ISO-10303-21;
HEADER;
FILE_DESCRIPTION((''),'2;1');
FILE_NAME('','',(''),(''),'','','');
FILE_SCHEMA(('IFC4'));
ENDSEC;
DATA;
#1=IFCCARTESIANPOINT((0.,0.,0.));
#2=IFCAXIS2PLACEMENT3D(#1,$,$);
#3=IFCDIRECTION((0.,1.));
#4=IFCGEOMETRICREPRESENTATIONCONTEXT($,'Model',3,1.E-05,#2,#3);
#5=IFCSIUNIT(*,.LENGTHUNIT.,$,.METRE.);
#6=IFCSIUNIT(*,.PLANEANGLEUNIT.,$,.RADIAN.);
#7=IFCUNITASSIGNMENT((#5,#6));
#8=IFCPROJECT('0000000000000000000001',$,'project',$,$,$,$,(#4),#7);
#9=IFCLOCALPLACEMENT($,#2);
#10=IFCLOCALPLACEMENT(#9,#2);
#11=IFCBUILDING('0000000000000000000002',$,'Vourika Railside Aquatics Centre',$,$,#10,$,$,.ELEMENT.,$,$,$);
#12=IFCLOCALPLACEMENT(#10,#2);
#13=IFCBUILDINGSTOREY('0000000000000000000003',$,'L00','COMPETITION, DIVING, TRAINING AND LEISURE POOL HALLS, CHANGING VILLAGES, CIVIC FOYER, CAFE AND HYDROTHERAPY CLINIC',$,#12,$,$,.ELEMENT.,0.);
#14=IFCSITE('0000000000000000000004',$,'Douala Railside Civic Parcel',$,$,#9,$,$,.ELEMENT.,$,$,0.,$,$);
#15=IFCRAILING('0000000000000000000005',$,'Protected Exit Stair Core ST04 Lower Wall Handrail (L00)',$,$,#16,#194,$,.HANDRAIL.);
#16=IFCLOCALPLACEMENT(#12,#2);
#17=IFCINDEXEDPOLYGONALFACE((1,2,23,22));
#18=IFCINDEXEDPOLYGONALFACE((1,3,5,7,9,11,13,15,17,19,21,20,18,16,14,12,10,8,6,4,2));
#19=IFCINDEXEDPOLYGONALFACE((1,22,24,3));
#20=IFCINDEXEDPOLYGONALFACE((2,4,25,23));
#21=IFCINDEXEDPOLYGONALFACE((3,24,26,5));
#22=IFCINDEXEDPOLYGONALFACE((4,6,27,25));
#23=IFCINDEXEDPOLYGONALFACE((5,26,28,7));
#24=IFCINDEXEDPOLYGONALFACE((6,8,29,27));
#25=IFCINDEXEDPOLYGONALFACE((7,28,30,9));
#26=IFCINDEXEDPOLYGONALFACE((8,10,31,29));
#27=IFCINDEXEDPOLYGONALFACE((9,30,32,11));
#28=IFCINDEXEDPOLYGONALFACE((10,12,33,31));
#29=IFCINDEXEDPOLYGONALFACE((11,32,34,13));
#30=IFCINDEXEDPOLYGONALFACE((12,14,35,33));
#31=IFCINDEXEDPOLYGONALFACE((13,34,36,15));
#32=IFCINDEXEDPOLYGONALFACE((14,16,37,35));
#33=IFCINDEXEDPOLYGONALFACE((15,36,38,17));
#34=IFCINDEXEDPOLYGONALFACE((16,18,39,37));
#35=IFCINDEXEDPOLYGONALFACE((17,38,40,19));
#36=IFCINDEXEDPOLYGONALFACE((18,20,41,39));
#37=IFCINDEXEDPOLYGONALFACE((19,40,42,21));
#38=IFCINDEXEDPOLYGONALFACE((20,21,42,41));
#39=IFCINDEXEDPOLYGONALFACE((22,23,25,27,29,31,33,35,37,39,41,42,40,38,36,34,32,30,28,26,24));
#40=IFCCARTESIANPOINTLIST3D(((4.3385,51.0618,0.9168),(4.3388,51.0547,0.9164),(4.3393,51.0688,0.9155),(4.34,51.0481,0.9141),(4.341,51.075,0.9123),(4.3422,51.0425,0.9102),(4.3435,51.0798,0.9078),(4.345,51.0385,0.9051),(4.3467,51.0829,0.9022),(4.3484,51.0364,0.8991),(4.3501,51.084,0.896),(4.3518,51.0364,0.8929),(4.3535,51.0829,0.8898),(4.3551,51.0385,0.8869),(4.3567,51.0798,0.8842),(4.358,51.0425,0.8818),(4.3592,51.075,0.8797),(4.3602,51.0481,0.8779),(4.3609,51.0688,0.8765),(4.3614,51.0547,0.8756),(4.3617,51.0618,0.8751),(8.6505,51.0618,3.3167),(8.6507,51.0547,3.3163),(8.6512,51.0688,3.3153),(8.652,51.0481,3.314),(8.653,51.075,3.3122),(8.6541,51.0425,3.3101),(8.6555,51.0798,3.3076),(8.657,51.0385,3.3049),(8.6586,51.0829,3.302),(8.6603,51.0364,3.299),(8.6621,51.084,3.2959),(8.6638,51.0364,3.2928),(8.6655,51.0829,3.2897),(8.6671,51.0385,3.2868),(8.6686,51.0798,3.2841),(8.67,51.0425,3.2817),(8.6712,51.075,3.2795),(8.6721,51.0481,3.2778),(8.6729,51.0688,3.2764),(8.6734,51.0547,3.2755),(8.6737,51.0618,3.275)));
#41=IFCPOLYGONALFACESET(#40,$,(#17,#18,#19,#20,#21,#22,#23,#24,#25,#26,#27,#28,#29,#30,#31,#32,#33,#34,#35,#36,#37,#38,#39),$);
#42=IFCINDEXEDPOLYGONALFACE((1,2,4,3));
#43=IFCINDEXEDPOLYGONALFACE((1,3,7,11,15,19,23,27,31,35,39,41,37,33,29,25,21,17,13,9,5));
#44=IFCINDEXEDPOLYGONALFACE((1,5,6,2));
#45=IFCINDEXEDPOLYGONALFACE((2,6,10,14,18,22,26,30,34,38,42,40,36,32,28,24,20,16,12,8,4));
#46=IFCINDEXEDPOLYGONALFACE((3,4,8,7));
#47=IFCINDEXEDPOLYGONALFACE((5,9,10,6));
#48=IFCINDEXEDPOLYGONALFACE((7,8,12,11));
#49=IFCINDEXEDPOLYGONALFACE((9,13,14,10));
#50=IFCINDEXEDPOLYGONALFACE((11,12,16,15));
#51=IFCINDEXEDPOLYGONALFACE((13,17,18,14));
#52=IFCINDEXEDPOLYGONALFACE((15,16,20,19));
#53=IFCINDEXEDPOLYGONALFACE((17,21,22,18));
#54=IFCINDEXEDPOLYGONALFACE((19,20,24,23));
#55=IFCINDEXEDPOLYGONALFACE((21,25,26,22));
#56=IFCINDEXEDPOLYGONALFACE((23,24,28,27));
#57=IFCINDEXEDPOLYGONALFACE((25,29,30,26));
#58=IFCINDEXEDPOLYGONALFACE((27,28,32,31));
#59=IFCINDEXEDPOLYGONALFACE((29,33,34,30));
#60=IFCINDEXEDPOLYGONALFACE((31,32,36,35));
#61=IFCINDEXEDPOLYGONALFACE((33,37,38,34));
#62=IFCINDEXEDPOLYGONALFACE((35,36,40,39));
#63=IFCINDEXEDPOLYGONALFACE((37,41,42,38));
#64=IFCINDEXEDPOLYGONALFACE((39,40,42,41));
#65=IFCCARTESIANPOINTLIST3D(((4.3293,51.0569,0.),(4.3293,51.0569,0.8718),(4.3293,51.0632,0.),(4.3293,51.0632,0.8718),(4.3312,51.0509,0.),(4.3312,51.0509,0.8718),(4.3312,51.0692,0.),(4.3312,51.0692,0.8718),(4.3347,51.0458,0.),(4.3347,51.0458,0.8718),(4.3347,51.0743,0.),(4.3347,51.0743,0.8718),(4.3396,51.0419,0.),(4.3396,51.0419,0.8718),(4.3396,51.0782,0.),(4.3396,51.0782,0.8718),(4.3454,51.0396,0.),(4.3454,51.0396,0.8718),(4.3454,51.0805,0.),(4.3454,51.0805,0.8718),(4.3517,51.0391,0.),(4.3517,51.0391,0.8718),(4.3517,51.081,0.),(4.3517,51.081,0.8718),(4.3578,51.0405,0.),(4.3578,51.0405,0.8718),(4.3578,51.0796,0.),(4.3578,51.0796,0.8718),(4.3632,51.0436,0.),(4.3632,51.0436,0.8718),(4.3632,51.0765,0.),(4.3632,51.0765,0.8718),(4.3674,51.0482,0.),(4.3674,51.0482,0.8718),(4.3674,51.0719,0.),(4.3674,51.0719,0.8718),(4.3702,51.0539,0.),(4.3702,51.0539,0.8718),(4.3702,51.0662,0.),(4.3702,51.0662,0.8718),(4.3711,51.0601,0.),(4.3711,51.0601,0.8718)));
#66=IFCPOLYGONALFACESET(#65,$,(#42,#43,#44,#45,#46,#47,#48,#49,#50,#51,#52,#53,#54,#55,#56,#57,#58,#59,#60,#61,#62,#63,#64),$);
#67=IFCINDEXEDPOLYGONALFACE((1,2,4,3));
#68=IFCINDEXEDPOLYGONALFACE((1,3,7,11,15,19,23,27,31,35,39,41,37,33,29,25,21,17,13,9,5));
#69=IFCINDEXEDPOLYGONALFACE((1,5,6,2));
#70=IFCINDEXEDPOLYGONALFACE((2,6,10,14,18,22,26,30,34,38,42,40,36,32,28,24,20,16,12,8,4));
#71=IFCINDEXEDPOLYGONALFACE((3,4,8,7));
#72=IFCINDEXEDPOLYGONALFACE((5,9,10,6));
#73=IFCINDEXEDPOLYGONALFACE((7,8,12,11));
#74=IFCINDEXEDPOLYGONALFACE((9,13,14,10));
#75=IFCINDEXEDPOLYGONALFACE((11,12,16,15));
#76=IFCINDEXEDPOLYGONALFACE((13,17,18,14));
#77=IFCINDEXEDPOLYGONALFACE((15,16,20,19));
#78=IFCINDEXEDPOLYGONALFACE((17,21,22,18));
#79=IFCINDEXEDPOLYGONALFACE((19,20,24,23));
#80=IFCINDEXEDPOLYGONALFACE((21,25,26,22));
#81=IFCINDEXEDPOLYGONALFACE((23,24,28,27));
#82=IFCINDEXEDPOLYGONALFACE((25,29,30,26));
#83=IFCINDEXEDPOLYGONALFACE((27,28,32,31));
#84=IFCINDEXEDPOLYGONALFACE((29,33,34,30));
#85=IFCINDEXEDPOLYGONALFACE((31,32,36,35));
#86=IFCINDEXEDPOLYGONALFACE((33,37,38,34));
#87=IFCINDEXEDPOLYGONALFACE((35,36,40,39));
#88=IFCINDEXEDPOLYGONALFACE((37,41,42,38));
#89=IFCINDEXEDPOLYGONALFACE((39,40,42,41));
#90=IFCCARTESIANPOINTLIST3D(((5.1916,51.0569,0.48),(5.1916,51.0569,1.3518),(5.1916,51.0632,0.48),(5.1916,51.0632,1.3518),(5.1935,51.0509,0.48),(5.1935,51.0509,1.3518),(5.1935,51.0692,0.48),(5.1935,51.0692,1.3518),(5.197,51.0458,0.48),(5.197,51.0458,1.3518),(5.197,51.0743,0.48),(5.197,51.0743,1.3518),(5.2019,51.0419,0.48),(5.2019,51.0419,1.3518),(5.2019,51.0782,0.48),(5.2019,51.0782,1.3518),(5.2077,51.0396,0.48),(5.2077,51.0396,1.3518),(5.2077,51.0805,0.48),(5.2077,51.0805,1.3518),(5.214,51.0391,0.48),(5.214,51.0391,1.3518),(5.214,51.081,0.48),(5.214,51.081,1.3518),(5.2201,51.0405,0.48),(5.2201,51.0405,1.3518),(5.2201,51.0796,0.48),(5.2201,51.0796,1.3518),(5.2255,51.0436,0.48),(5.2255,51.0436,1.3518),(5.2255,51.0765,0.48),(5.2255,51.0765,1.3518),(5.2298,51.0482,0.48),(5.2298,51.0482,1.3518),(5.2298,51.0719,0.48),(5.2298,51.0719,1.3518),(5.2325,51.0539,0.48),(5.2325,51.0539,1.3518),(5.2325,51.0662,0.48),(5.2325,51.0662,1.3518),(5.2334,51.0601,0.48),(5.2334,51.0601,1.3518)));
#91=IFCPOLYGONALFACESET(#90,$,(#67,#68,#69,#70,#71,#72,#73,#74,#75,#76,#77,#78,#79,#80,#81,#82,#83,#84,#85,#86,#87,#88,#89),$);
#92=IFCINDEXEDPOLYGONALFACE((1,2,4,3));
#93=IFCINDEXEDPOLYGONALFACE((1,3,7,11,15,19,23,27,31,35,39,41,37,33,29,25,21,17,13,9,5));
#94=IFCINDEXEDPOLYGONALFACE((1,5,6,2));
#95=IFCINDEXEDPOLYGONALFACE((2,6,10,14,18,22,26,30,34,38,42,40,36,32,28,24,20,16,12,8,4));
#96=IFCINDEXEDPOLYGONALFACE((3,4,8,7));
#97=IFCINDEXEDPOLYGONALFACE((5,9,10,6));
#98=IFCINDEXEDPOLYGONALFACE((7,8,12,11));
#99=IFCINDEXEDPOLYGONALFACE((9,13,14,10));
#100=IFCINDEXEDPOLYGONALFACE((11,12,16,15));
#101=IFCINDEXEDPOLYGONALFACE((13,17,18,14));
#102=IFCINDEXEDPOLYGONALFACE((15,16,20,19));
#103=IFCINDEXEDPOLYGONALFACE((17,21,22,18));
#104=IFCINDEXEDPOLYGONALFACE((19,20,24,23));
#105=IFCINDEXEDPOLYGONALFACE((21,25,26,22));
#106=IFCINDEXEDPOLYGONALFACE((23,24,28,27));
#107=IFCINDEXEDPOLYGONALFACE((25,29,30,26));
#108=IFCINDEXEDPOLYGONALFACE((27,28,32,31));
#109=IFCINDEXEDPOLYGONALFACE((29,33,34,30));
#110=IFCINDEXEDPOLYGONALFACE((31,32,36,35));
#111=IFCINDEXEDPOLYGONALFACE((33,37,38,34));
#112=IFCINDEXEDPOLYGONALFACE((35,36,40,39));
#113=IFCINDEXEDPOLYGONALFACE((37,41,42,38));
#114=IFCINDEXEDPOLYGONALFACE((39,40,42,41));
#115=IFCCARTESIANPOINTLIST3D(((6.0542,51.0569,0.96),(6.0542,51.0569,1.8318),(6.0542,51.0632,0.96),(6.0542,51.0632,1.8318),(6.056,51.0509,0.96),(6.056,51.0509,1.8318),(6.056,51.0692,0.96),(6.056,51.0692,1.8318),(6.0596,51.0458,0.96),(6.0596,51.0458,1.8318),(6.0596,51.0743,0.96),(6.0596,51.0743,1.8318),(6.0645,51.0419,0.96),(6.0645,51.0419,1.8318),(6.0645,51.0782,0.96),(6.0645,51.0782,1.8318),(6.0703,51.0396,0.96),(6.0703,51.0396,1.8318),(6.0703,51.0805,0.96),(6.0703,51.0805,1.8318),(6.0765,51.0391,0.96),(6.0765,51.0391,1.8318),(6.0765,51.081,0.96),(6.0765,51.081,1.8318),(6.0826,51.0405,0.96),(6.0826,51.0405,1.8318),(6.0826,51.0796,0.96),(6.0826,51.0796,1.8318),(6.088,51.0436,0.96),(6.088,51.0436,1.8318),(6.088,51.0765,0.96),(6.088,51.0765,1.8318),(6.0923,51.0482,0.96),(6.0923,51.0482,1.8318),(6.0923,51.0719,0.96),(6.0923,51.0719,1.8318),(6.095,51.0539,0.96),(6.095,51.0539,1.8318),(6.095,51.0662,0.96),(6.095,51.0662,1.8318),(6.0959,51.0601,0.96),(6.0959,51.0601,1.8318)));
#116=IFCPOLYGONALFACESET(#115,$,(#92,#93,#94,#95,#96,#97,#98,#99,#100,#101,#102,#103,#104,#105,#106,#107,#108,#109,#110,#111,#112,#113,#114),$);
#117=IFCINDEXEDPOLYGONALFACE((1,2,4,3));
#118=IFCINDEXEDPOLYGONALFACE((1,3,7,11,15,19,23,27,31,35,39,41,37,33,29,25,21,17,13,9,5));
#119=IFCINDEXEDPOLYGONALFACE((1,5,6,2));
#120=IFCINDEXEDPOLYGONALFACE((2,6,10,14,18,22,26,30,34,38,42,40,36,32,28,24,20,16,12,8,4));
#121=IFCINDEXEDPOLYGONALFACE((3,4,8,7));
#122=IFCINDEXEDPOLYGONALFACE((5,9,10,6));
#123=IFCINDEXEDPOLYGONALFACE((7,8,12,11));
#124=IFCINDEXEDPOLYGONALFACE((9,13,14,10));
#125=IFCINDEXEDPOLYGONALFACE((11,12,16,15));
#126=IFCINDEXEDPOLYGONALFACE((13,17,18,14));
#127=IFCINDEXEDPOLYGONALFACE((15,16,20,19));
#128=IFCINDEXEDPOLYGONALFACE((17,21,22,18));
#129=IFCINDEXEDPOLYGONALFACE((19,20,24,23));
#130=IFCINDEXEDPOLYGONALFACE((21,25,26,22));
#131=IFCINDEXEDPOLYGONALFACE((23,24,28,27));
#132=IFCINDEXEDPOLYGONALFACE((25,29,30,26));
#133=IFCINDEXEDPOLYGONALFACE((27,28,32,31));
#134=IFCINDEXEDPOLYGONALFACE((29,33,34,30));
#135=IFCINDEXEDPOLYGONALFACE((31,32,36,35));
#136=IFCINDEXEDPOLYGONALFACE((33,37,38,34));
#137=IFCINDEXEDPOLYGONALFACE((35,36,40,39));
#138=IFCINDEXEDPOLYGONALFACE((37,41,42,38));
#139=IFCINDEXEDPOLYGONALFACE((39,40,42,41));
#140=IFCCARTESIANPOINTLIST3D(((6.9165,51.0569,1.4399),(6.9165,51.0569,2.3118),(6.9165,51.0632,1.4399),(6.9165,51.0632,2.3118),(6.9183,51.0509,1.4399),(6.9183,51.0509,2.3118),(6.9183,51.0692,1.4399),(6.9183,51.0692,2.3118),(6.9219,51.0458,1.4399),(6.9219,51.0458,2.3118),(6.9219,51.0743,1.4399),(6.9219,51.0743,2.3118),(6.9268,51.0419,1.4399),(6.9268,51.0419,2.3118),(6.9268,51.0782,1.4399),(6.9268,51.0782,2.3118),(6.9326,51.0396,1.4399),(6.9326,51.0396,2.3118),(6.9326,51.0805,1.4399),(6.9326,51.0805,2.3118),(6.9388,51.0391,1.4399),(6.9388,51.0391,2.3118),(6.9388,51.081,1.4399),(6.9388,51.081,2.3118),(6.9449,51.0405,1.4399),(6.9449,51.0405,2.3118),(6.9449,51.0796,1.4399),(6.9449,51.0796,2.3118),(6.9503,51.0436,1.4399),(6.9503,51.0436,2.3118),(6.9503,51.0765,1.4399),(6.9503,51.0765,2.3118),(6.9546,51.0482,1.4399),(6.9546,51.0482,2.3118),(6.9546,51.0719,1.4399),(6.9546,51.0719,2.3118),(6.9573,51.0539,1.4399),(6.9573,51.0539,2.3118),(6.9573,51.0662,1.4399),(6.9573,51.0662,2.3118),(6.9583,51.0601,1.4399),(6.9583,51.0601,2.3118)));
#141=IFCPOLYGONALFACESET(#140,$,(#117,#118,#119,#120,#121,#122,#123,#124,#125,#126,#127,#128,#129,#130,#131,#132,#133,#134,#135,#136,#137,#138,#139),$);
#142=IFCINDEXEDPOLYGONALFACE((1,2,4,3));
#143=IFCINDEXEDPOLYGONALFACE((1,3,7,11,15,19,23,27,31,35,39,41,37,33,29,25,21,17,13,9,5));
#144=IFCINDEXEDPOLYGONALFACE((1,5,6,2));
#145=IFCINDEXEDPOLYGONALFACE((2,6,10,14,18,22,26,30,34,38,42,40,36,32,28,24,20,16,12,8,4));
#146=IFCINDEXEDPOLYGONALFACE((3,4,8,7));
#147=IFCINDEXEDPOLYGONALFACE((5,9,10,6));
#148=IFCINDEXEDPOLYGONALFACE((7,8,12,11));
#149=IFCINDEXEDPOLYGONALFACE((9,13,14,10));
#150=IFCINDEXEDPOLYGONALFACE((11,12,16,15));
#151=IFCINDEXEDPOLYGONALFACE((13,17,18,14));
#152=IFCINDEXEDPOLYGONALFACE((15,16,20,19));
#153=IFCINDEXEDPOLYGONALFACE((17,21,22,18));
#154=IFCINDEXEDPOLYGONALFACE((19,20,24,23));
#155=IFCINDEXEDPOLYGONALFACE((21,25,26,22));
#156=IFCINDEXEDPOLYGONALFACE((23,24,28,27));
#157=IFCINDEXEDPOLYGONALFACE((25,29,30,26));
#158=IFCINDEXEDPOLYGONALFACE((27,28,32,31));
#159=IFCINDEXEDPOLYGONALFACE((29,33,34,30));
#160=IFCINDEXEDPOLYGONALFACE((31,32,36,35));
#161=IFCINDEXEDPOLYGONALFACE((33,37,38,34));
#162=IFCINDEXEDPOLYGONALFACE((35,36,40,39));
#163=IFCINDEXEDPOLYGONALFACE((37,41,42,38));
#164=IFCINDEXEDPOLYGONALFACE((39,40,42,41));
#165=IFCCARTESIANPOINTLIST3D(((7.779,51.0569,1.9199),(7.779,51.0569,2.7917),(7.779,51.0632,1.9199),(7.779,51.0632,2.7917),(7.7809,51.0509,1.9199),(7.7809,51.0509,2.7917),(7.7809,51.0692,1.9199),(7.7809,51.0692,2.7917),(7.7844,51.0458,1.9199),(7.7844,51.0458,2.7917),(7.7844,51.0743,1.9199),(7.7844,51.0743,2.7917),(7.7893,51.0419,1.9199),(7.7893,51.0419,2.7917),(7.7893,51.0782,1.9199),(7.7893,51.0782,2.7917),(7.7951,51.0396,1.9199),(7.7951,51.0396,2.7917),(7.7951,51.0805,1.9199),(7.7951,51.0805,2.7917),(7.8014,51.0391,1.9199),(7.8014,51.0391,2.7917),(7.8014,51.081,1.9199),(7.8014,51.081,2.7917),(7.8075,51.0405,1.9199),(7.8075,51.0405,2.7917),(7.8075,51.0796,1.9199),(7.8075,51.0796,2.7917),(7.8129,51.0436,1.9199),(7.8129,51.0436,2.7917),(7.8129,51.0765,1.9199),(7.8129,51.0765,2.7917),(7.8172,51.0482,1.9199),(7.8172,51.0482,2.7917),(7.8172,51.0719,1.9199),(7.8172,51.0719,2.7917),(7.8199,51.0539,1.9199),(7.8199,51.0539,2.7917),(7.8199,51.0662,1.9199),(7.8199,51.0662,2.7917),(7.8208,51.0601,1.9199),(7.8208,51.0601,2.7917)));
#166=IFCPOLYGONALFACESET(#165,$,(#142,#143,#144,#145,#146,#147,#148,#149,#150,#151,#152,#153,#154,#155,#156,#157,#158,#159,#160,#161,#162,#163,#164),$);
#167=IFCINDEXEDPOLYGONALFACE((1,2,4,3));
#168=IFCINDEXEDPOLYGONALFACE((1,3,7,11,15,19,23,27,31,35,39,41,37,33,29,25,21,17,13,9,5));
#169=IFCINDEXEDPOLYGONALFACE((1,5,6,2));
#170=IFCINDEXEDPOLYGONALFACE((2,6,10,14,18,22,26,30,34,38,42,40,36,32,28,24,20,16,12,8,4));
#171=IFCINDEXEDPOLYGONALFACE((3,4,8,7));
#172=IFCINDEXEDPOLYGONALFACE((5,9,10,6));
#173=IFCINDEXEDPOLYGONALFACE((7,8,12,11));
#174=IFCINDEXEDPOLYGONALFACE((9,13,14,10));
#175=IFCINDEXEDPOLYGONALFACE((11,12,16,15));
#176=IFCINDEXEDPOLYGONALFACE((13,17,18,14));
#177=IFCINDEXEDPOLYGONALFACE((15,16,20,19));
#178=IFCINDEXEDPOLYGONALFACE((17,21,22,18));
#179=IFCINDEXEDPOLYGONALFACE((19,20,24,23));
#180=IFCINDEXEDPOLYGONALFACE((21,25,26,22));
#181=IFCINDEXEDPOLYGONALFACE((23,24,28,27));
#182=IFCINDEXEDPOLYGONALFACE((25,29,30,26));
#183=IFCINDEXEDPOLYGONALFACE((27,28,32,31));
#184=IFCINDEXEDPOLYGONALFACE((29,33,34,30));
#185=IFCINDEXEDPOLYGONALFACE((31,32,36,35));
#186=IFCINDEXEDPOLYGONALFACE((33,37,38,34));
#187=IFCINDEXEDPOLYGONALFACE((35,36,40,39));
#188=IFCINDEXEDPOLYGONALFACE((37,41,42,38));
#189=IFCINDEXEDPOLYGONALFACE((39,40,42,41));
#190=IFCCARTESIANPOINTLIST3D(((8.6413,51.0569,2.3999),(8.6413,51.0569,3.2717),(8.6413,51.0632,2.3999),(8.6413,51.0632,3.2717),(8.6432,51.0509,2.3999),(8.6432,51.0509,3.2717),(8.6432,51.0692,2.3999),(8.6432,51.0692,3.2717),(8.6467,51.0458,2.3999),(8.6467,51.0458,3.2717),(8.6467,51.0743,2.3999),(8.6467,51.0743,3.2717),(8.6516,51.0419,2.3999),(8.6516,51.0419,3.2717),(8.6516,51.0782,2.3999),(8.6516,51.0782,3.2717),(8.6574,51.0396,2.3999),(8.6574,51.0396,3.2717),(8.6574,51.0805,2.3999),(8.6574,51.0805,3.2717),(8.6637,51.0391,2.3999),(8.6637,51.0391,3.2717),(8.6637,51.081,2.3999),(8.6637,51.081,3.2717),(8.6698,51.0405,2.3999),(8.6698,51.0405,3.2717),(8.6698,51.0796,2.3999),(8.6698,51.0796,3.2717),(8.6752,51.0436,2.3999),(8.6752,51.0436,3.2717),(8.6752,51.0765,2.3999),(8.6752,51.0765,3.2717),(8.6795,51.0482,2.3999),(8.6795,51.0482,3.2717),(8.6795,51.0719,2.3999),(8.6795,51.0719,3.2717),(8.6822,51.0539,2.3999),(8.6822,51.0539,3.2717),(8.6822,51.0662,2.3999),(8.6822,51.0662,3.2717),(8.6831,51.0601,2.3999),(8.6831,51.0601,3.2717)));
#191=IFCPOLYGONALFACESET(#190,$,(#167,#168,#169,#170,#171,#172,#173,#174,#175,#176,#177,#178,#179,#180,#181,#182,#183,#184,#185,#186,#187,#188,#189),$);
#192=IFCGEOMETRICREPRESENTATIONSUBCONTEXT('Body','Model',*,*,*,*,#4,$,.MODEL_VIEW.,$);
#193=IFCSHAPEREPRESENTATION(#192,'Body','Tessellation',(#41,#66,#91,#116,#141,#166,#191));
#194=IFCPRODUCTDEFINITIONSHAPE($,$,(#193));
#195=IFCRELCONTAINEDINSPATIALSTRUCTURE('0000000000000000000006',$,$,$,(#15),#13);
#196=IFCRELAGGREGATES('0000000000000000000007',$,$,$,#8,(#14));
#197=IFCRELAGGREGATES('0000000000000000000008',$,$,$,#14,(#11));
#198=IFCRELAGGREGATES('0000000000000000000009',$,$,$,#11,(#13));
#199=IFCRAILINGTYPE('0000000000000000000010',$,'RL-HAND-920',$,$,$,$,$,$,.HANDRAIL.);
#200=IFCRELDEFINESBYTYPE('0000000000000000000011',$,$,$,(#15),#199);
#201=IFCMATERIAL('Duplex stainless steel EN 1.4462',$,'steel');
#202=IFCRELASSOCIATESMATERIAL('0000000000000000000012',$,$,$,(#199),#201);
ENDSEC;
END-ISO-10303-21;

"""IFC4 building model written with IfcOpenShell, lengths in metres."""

from ifc_helpers import new_model, si_unit, direction, frame, origin, origin_2d, place, context, subcontext, project, spatial, circle, extrude, material, type_object, element, save


model = new_model("IFC4")

# Units and contexts
model_context = context("Model", 3, precision=1e-05, world=origin(), true_north=direction((0.0, 1.0)))
body_context = subcontext(model_context, "Body", "Model", "MODEL_VIEW")
ifc_project = project(units=[si_unit("LENGTHUNIT", "METRE"), si_unit("PLANEANGLEUNIT", "RADIAN")], contexts=[model_context])

# Site, building, storey
site_placement = place(None, origin())
site = spatial("IfcSite", under=ifc_project, at=site_placement, Name="Douala Railside Civic Parcel", CompositionType="ELEMENT", RefElevation=0.0)
building_placement = place(site_placement, origin())
building = spatial("IfcBuilding", under=site, at=building_placement, Name="Vourika Railside Aquatics Centre", CompositionType="ELEMENT")
storey_placement = place(building_placement, origin())
storey = spatial("IfcBuildingStorey", under=building, at=storey_placement, Name="L00", Description="COMPETITION, DIVING, TRAINING AND LEISURE POOL HALLS, CHANGING VILLAGES, CIVIC FOYER, CAFE AND HYDROTHERAPY CLINIC", CompositionType="ELEMENT", Elevation=0.0)

# Railing
ifc_material_1 = material(Name="Duplex stainless steel EN 1.4462", Category="steel")
railing_type_1 = type_object("IfcRailingType", Name="RL-HAND-920", PredefinedType="HANDRAIL", material=ifc_material_1)
railing_1_placement = place(storey_placement, frame((4.3501, 51.0601, 0.0)))
element("IfcRailing", 1, at=railing_1_placement, inside=storey, type_object=railing_type_1, Name="Protected Exit Stair Core ST04 Lower Wall Handrail (L00)", PredefinedType="HANDRAIL", context=body_context, shape_type="SweptSolid", body=[
    extrude(circle(Radius=0.0239, at=origin_2d()), frame((0.0, 0.0, 0.896), z_axis=(0.873784, 0.0, 0.486315), x_axis=(0.0, 1.0, 0.0)), (0.0, 0.0, 1.0), 4.9348),
    extrude(circle(Radius=0.021, at=origin_2d()), origin(), (0.0, 0.0, 1.0), 0.8718),
    extrude(circle(Radius=0.021, at=origin_2d()), frame((0.8623, 0.0, 0.48)), (0.0, 0.0, 1.0), 0.8718),
    extrude(circle(Radius=0.021, at=origin_2d()), frame((1.7249, 0.0, 0.96)), (0.0, 0.0, 1.0), 0.8718),
    extrude(circle(Radius=0.021, at=origin_2d()), frame((2.5872, 0.0, 1.4399)), (0.0, 0.0, 1.0), 0.8718),
    extrude(circle(Radius=0.021, at=origin_2d()), frame((3.4497, 0.0, 1.9199)), (0.0, 0.0, 1.0), 0.8718),
    extrude(circle(Radius=0.021, at=origin_2d()), frame((4.312, 0.0, 2.3999)), (0.0, 0.0, 1.0), 0.8718),
])

save(model, "model.ifc")
